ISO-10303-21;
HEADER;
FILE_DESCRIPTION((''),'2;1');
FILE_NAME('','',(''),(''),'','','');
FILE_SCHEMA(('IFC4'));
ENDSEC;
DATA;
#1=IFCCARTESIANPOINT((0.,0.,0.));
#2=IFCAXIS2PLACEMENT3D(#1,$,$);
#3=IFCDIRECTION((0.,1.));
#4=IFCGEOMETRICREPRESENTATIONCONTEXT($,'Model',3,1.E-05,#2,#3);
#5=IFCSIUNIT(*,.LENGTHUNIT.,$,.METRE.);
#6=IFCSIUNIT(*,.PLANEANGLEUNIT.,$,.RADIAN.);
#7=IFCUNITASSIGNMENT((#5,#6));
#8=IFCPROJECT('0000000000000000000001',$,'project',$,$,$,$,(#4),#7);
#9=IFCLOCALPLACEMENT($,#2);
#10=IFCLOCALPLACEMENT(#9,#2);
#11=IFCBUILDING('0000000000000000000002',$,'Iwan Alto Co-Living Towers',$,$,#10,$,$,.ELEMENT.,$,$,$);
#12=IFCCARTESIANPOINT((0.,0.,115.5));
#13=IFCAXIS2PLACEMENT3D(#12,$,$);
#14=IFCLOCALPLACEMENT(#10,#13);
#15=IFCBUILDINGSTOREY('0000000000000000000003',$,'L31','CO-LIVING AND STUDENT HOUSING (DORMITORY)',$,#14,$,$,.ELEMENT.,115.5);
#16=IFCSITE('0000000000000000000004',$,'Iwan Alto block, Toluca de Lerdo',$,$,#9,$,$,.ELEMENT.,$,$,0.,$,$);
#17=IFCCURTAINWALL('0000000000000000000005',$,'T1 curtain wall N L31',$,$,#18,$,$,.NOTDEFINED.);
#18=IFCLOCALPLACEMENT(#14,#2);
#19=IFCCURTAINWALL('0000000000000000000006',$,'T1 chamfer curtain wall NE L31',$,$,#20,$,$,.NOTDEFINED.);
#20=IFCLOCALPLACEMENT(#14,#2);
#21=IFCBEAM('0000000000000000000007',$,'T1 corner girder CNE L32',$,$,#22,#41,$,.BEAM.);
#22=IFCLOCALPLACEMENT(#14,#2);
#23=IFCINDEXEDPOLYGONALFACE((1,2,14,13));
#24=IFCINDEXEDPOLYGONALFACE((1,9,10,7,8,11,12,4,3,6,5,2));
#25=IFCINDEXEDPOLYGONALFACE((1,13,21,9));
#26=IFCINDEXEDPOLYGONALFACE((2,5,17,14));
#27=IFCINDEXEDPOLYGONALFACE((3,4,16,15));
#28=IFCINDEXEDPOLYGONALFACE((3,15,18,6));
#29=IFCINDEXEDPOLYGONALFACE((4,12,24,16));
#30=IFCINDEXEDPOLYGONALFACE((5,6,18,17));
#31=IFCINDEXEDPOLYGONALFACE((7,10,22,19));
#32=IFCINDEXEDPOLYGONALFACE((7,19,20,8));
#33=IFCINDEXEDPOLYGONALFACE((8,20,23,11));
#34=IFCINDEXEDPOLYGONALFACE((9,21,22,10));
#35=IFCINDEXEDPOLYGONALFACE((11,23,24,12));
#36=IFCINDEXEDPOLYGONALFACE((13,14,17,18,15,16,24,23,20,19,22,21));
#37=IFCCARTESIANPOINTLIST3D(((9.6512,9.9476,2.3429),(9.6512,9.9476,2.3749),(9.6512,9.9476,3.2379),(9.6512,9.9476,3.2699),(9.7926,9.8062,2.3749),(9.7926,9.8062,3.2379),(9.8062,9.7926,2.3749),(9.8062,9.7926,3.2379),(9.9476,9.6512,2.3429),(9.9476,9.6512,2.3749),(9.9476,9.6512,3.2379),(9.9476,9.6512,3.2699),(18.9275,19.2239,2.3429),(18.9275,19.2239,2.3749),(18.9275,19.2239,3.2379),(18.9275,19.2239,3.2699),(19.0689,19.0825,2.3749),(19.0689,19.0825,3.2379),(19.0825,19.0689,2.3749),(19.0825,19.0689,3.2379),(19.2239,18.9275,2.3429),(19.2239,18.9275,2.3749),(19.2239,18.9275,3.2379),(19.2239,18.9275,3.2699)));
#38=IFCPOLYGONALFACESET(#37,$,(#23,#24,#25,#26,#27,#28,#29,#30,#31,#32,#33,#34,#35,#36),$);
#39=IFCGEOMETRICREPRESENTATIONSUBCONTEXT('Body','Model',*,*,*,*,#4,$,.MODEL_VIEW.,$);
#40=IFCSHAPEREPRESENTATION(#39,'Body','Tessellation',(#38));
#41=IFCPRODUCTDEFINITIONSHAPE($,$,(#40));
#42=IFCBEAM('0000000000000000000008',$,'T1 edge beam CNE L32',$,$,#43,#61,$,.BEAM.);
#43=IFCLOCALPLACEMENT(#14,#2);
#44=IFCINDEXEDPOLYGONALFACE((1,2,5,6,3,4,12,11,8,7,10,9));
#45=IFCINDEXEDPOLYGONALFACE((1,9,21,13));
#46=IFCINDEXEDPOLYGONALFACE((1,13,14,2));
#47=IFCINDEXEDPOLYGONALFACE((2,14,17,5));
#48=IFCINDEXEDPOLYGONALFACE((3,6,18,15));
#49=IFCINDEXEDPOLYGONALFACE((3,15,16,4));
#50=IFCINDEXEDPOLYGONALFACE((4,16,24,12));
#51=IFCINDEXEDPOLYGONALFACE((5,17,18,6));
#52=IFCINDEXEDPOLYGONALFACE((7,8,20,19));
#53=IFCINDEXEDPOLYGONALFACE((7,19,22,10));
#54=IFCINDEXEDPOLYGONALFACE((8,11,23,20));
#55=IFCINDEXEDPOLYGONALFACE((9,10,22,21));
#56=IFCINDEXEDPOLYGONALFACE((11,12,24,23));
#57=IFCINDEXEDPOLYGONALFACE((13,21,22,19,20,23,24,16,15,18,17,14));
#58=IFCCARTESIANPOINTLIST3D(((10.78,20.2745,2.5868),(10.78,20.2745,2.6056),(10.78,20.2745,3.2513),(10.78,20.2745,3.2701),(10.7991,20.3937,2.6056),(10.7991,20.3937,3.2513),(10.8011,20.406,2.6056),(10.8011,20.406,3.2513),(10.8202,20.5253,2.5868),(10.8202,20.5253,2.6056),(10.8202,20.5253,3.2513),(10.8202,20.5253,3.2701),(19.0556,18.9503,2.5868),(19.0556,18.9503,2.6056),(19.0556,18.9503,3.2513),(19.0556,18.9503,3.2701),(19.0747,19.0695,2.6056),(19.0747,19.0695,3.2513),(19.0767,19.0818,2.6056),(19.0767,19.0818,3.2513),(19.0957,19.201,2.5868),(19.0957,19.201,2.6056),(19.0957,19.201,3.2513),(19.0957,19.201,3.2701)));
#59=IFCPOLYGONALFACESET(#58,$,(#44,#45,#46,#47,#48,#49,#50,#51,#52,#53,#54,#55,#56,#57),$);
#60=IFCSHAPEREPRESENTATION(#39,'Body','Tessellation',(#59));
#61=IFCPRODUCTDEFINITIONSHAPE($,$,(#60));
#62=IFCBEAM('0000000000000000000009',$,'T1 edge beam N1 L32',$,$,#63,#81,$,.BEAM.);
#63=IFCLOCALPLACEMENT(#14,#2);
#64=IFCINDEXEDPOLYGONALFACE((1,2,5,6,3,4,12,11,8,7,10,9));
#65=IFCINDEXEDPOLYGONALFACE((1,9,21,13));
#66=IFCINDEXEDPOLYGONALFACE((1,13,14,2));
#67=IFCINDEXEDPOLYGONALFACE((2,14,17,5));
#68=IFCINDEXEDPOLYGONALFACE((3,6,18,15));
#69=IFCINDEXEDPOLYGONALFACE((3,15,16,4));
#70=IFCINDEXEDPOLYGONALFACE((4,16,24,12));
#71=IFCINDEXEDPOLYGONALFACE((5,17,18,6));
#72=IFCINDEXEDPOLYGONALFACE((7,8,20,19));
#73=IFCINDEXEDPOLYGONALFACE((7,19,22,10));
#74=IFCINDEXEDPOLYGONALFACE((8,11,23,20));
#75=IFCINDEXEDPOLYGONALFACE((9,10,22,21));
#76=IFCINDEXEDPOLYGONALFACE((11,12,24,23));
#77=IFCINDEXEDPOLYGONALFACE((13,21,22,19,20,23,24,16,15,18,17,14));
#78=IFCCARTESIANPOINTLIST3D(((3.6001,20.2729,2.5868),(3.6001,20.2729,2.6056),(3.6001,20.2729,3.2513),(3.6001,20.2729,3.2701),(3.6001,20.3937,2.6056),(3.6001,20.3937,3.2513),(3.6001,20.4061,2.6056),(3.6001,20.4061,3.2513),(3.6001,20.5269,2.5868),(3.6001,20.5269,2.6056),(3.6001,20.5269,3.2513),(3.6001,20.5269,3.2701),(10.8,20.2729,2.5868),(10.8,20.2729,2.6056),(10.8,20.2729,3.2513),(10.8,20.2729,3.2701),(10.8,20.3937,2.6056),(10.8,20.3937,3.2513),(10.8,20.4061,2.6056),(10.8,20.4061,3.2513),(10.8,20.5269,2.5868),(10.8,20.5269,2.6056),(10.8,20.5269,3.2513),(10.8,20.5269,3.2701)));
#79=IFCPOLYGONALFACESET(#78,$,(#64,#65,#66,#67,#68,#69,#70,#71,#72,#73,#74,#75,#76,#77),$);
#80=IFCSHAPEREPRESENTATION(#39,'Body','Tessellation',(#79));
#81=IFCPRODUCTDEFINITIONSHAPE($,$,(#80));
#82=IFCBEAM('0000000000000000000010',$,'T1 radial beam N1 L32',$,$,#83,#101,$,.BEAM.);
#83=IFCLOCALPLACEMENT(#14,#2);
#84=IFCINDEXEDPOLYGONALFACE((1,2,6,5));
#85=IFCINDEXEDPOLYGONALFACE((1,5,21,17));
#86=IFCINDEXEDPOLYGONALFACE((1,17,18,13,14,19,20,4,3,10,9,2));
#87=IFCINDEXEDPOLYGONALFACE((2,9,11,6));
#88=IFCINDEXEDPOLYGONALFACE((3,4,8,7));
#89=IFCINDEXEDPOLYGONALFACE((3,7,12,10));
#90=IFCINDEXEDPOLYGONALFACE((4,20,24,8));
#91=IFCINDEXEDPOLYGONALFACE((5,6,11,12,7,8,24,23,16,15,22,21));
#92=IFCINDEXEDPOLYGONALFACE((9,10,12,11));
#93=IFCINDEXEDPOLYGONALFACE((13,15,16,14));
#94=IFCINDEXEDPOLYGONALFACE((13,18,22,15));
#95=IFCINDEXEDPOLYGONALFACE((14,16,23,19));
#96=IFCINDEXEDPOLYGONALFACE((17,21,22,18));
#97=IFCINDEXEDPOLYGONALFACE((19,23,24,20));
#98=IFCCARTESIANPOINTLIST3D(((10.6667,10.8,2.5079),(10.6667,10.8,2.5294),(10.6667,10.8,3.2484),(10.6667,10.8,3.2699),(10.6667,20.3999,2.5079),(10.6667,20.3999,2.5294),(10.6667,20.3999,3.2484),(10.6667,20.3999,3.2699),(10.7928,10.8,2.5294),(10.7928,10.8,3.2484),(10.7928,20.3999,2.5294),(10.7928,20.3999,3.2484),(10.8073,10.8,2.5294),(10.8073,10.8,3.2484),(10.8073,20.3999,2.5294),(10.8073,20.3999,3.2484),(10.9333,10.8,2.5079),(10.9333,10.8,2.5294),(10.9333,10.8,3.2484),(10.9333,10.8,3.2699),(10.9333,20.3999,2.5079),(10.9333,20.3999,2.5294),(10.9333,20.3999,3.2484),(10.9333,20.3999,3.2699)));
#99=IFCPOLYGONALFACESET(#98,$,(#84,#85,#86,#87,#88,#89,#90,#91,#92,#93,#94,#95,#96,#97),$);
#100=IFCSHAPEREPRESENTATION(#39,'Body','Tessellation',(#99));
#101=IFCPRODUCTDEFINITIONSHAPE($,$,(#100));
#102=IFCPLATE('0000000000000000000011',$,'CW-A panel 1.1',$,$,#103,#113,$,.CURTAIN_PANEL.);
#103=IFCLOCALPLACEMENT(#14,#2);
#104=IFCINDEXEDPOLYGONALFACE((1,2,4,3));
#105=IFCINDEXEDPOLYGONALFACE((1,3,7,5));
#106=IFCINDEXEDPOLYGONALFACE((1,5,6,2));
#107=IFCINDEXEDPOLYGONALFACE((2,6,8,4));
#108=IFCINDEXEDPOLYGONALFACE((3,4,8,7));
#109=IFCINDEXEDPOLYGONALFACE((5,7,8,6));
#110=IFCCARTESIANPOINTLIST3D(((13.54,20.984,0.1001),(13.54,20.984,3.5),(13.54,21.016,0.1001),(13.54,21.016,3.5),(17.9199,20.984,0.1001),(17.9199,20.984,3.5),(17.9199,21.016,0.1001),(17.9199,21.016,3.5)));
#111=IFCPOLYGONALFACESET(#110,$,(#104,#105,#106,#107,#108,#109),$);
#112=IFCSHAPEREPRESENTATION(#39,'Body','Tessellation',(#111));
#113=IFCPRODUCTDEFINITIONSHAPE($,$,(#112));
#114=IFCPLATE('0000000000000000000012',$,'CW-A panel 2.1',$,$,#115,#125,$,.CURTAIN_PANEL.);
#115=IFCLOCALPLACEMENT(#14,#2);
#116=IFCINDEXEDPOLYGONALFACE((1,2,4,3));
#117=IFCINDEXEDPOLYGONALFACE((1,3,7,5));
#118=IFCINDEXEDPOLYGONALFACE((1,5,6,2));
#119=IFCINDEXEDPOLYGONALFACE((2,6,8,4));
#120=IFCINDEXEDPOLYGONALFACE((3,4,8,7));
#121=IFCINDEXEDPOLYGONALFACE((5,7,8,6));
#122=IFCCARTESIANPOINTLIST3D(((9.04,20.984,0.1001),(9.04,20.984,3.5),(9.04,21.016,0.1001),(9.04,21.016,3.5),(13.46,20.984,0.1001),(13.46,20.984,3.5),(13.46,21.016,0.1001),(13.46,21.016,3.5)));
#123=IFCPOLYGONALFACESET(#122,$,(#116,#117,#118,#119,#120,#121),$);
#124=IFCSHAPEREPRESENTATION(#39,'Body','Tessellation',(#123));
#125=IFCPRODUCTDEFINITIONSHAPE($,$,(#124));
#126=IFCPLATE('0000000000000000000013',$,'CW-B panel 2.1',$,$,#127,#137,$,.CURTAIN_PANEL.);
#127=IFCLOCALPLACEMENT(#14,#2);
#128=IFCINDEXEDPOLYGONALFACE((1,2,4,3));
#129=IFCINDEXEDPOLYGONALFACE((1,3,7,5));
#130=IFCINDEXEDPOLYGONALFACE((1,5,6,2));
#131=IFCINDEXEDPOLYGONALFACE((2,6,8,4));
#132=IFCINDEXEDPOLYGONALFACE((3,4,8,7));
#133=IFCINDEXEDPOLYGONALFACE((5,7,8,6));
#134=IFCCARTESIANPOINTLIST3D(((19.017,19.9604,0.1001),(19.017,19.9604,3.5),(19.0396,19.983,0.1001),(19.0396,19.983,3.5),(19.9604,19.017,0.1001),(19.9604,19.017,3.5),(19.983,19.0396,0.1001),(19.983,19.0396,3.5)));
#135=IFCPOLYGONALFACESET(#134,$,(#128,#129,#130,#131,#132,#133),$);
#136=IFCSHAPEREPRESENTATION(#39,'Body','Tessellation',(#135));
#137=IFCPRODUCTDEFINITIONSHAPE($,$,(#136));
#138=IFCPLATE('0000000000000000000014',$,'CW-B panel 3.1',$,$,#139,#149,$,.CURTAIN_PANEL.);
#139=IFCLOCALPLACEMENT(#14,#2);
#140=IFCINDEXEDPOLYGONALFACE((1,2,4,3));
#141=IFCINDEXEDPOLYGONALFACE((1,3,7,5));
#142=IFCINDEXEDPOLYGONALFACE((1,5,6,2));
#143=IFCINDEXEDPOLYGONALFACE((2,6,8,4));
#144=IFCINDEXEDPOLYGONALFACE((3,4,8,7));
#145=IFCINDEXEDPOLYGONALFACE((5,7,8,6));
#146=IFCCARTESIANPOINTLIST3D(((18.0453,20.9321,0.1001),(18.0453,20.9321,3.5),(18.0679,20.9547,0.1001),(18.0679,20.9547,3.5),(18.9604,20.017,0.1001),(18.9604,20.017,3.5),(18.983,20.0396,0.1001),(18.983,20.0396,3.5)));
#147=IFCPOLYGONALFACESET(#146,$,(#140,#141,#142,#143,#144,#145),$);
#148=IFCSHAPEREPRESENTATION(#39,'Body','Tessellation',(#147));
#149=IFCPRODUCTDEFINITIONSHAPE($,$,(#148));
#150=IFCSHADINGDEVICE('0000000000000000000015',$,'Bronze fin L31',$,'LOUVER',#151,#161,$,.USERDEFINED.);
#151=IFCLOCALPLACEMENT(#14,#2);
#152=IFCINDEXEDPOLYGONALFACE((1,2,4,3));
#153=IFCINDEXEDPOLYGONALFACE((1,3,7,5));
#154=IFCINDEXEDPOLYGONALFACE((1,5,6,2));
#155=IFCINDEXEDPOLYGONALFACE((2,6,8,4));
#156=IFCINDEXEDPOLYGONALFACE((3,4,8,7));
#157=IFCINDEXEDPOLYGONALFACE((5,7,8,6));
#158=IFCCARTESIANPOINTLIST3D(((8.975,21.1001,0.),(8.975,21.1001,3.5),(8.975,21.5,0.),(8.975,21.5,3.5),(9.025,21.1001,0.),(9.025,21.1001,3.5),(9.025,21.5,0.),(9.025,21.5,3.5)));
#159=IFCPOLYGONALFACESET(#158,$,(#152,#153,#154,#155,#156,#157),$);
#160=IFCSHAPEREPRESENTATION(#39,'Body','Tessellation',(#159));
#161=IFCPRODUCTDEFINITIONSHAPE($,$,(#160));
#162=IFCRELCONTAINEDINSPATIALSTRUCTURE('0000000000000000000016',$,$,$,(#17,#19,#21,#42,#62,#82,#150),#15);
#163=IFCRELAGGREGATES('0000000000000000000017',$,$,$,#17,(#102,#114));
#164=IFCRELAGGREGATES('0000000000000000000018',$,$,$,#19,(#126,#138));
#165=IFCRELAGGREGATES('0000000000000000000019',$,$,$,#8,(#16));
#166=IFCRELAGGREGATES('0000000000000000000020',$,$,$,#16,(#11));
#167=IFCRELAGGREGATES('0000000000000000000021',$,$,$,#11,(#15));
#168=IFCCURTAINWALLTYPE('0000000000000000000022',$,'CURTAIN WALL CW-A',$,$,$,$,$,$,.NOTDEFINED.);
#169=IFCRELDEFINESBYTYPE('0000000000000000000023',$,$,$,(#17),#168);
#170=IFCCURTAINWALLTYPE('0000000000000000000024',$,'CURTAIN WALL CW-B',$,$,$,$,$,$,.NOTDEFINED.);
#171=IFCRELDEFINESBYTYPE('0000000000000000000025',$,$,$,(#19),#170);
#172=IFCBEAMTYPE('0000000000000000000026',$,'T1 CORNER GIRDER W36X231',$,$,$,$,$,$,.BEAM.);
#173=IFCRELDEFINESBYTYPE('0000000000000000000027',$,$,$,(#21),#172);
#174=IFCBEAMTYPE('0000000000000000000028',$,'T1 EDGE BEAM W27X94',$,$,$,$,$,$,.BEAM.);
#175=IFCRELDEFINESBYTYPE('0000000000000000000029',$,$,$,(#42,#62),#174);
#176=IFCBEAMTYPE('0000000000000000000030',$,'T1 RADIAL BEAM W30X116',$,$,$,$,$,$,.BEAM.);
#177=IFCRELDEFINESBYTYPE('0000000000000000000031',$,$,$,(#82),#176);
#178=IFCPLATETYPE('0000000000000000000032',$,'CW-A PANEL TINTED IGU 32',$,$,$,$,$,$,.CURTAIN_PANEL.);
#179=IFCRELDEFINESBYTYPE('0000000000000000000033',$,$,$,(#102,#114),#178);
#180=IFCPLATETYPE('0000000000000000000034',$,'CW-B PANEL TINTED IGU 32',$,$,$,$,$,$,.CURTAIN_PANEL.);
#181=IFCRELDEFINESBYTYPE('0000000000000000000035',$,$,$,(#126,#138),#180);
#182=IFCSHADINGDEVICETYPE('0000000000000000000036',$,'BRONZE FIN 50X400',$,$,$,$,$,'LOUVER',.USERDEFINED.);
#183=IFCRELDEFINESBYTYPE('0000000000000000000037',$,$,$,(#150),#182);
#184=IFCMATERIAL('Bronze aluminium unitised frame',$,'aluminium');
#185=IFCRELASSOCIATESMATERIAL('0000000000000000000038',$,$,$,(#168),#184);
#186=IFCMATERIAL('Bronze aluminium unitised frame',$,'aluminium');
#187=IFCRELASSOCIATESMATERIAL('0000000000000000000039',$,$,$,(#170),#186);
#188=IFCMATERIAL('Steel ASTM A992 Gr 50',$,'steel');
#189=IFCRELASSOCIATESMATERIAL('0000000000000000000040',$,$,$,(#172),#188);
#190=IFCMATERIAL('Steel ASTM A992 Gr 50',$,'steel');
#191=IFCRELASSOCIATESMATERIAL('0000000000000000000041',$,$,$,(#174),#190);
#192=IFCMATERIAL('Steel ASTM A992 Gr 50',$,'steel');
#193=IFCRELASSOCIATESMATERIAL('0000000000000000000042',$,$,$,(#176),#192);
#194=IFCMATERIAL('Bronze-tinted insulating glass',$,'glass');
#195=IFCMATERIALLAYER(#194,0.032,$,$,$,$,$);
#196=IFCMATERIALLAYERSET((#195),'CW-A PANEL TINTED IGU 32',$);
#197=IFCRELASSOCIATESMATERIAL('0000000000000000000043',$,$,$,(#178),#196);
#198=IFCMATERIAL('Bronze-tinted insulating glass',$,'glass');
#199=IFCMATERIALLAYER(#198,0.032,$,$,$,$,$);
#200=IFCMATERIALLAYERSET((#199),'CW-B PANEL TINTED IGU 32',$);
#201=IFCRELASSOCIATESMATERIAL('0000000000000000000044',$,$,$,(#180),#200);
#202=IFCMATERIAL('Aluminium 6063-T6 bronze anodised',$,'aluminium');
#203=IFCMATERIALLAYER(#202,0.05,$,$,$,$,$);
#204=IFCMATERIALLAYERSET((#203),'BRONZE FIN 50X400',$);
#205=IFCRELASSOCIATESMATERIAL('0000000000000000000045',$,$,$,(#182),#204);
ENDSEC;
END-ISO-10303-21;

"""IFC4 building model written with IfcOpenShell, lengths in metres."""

from ifc_helpers import new_model, si_unit, direction, frame, origin, origin_2d, place, context, subcontext, project, spatial, rectangle, i_section, extrude, material, layer, layer_set, material_profile, profile_set, type_object, element, aggregate, save


model = new_model("IFC4")

# Units and contexts
model_context = context("Model", 3, precision=1e-05, world=origin(), true_north=direction((0.0, 1.0)))
body_context = subcontext(model_context, "Body", "Model", "MODEL_VIEW")
ifc_project = project(units=[si_unit("LENGTHUNIT", "METRE"), si_unit("PLANEANGLEUNIT", "RADIAN")], contexts=[model_context])

# Site, building, storey
site_placement = place(None, origin())
site = spatial("IfcSite", under=ifc_project, at=site_placement, Name="Iwan Alto block, Toluca de Lerdo", CompositionType="ELEMENT", RefElevation=0.0)
building_placement = place(site_placement, origin())
building = spatial("IfcBuilding", under=site, at=building_placement, Name="Iwan Alto Co-Living Towers", CompositionType="ELEMENT")
storey_placement = place(building_placement, frame((0.0, 0.0, 115.5)))
storey = spatial("IfcBuildingStorey", under=building, at=storey_placement, Name="L31", Description="CO-LIVING AND STUDENT HOUSING (DORMITORY)", CompositionType="ELEMENT", Elevation=115.5)

# Curtain walls
ifc_material_1 = material(Name="Bronze aluminium unitised frame", Category="aluminium")
curtain_wall_type_1 = type_object("IfcCurtainWallType", Name="CURTAIN WALL CW-A", PredefinedType="NOTDEFINED", material=ifc_material_1)
curtain_wall_1_placement = place(storey_placement, origin())
curtain_wall_1 = element("IfcCurtainWall", 1, at=curtain_wall_1_placement, inside=storey, type_object=curtain_wall_type_1, Name="T1 curtain wall N L31", PredefinedType="NOTDEFINED")
ifc_material_2 = material(Name="Bronze aluminium unitised frame", Category="aluminium")
curtain_wall_type_2 = type_object("IfcCurtainWallType", Name="CURTAIN WALL CW-B", PredefinedType="NOTDEFINED", material=ifc_material_2)
curtain_wall_2_placement = place(storey_placement, origin())
curtain_wall_2 = element("IfcCurtainWall", 2, at=curtain_wall_2_placement, inside=storey, type_object=curtain_wall_type_2, Name="T1 chamfer curtain wall NE L31", PredefinedType="NOTDEFINED")

# Beams
ifc_material_3 = material(Name="Steel ASTM A992 Gr 50", Category="steel")
ifc_material_profile_1 = material_profile(ifc_material_3, i_section(OverallWidth=0.4192, OverallDepth=0.927, WebThickness=0.0193, FlangeThickness=0.032, at=origin_2d()), Name="W36X231")
ifc_profile_set_1 = profile_set([ifc_material_profile_1], Name="Steel ASTM A992 Gr 50")
beam_type_1 = type_object("IfcBeamType", Name="T1 CORNER GIRDER W36X231", PredefinedType="BEAM", material=ifc_profile_set_1)
beam_1_placement = place(storey_placement, frame((19.0757, 19.0757, 2.8064), z_axis=(-0.707107, -0.707107, 0.0), x_axis=(0.707107, -0.707107, 0.0)))
element("IfcBeam", 3, at=beam_1_placement, inside=storey, type_object=beam_type_1, Name="T1 corner girder CNE L32", PredefinedType="BEAM", context=body_context, shape_type="SweptSolid", body=[
    extrude(i_section(OverallWidth=0.4192, OverallDepth=0.927, WebThickness=0.0193, FlangeThickness=0.032, at=origin_2d()), origin(), (0.0, 0.0, 1.0), 13.1187),
])
ifc_material_4 = material(Name="Steel ASTM A992 Gr 50", Category="steel")
ifc_material_profile_2 = material_profile(ifc_material_4, i_section(OverallWidth=0.2539, OverallDepth=0.6833, WebThickness=0.0125, FlangeThickness=0.0188, at=origin_2d()), Name="W27X94")
ifc_profile_set_2 = profile_set([ifc_material_profile_2], Name="Steel ASTM A992 Gr 50")
beam_type_2 = type_object("IfcBeamType", Name="T1 EDGE BEAM W27X94", PredefinedType="BEAM", material=ifc_profile_set_2)
beam_2_placement = place(storey_placement, frame((19.0757, 19.0757, 2.9285), z_axis=(-0.987438, 0.158004, 0.0), x_axis=(-0.158004, -0.987438, 0.0)))
element("IfcBeam", 4, at=beam_2_placement, inside=storey, type_object=beam_type_2, Name="T1 edge beam CNE L32", PredefinedType="BEAM", context=body_context, shape_type="SweptSolid", body=[
    extrude(i_section(OverallWidth=0.2539, OverallDepth=0.6833, WebThickness=0.0125, FlangeThickness=0.0188, at=origin_2d()), origin(), (0.0, 0.0, 1.0), 8.3809),
])
beam_3_placement = place(storey_placement, frame((10.8, 20.3999, 2.9285), z_axis=(-1.0, 0.0, 0.0), x_axis=(0.0, -1.0, 0.0)))
element("IfcBeam", 5, at=beam_3_placement, inside=storey, type_object=beam_type_2, Name="T1 edge beam N1 L32", PredefinedType="BEAM", context=body_context, shape_type="SweptSolid", body=[
    extrude(i_section(OverallWidth=0.2539, OverallDepth=0.6833, WebThickness=0.0125, FlangeThickness=0.0188, at=origin_2d()), origin(), (0.0, 0.0, 1.0), 7.2),
])
ifc_material_5 = material(Name="Steel ASTM A992 Gr 50", Category="steel")
ifc_material_profile_3 = material_profile(ifc_material_5, i_section(OverallWidth=0.2666, OverallDepth=0.762, WebThickness=0.0144, FlangeThickness=0.0215, at=origin_2d()), Name="W30X116")
ifc_profile_set_3 = profile_set([ifc_material_profile_3], Name="Steel ASTM A992 Gr 50")
beam_type_3 = type_object("IfcBeamType", Name="T1 RADIAL BEAM W30X116", PredefinedType="BEAM", material=ifc_profile_set_3)
beam_4_placement = place(storey_placement, frame((10.8, 20.3999, 2.8889), z_axis=(0.0, -1.0, 0.0), x_axis=(1.0, 0.0, 0.0)))
element("IfcBeam", 6, at=beam_4_placement, inside=storey, type_object=beam_type_3, Name="T1 radial beam N1 L32", PredefinedType="BEAM", context=body_context, shape_type="SweptSolid", body=[
    extrude(i_section(OverallWidth=0.2666, OverallDepth=0.762, WebThickness=0.0144, FlangeThickness=0.0215, at=origin_2d()), origin(), (0.0, 0.0, 1.0), 9.5999),
])

# Plates
ifc_material_6 = material(Name="Bronze-tinted insulating glass", Category="glass")
ifc_layer_1 = layer(ifc_material_6, 0.032)
ifc_layer_set_1 = layer_set([ifc_layer_1], Name="CW-A PANEL TINTED IGU 32")
plate_type_1 = type_object("IfcPlateType", Name="CW-A PANEL TINTED IGU 32", PredefinedType="CURTAIN_PANEL", material=ifc_layer_set_1)
plate_1_placement = place(storey_placement, frame((15.73, 21.0, 0.1001), z_axis=(0.0, 0.0, 1.0), x_axis=(-1.0, 0.0, 0.0)))
plate_1 = element("IfcPlate", 7, at=plate_1_placement, type_object=plate_type_1, Name="CW-A panel 1.1", PredefinedType="CURTAIN_PANEL", context=body_context, shape_type="SweptSolid", body=[
    extrude(rectangle(XDim=4.3799, YDim=0.032, at=origin_2d()), origin(), (0.0, 0.0, 1.0), 3.3999),
])
plate_2_placement = place(storey_placement, frame((11.25, 21.0, 0.1001), z_axis=(0.0, 0.0, 1.0), x_axis=(-1.0, 0.0, 0.0)))
plate_2 = element("IfcPlate", 8, at=plate_2_placement, type_object=plate_type_1, Name="CW-A panel 2.1", PredefinedType="CURTAIN_PANEL", context=body_context, shape_type="SweptSolid", body=[
    extrude(rectangle(XDim=4.4199, YDim=0.032, at=origin_2d()), origin(), (0.0, 0.0, 1.0), 3.3999),
])
aggregate(curtain_wall_1, [plate_1, plate_2])
ifc_material_7 = material(Name="Bronze-tinted insulating glass", Category="glass")
ifc_layer_2 = layer(ifc_material_7, 0.032)
ifc_layer_set_2 = layer_set([ifc_layer_2], Name="CW-B PANEL TINTED IGU 32")
plate_type_2 = type_object("IfcPlateType", Name="CW-B PANEL TINTED IGU 32", PredefinedType="CURTAIN_PANEL", material=ifc_layer_set_2)
plate_3_placement = place(storey_placement, frame((19.5, 19.5, 0.1001), z_axis=(0.0, 0.0, 1.0), x_axis=(-0.707107, 0.707107, 0.0)))
plate_3 = element("IfcPlate", 9, at=plate_3_placement, type_object=plate_type_2, Name="CW-B panel 2.1", PredefinedType="CURTAIN_PANEL", context=body_context, shape_type="SweptSolid", body=[
    extrude(rectangle(XDim=1.3342, YDim=0.032, at=origin_2d()), origin(), (0.0, 0.0, 1.0), 3.3999),
])
plate_4_placement = place(storey_placement, frame((18.5142, 20.4858, 0.1001), z_axis=(0.0, 0.0, 1.0), x_axis=(-0.707107, 0.707107, 0.0)))
plate_4 = element("IfcPlate", 10, at=plate_4_placement, type_object=plate_type_2, Name="CW-B panel 3.1", PredefinedType="CURTAIN_PANEL", context=body_context, shape_type="SweptSolid", body=[
    extrude(rectangle(XDim=1.2942, YDim=0.032, at=origin_2d()), origin(), (0.0, 0.0, 1.0), 3.3999),
])
aggregate(curtain_wall_2, [plate_3, plate_4])

# Shading device
ifc_material_8 = material(Name="Aluminium 6063-T6 bronze anodised", Category="aluminium")
ifc_layer_3 = layer(ifc_material_8, 0.05)
ifc_layer_set_3 = layer_set([ifc_layer_3], Name="BRONZE FIN 50X400")
shading_device_type = type_object("IfcShadingDeviceType", Name="BRONZE FIN 50X400", ElementType="LOUVER", PredefinedType="USERDEFINED", material=ifc_layer_set_3)
shading_device_placement = place(storey_placement, frame((9.0, 21.3, 0.0), z_axis=(0.0, 0.0, 1.0), x_axis=(-1.0, 0.0, 0.0)))
element("IfcShadingDevice", 11, at=shading_device_placement, inside=storey, type_object=shading_device_type, Name="Bronze fin L31", ObjectType="LOUVER", PredefinedType="USERDEFINED", context=body_context, shape_type="SweptSolid", body=[
    extrude(rectangle(XDim=0.05, YDim=0.3999, at=origin_2d()), origin(), (0.0, 0.0, 1.0), 3.5),
])

save(model, "model.ifc")
